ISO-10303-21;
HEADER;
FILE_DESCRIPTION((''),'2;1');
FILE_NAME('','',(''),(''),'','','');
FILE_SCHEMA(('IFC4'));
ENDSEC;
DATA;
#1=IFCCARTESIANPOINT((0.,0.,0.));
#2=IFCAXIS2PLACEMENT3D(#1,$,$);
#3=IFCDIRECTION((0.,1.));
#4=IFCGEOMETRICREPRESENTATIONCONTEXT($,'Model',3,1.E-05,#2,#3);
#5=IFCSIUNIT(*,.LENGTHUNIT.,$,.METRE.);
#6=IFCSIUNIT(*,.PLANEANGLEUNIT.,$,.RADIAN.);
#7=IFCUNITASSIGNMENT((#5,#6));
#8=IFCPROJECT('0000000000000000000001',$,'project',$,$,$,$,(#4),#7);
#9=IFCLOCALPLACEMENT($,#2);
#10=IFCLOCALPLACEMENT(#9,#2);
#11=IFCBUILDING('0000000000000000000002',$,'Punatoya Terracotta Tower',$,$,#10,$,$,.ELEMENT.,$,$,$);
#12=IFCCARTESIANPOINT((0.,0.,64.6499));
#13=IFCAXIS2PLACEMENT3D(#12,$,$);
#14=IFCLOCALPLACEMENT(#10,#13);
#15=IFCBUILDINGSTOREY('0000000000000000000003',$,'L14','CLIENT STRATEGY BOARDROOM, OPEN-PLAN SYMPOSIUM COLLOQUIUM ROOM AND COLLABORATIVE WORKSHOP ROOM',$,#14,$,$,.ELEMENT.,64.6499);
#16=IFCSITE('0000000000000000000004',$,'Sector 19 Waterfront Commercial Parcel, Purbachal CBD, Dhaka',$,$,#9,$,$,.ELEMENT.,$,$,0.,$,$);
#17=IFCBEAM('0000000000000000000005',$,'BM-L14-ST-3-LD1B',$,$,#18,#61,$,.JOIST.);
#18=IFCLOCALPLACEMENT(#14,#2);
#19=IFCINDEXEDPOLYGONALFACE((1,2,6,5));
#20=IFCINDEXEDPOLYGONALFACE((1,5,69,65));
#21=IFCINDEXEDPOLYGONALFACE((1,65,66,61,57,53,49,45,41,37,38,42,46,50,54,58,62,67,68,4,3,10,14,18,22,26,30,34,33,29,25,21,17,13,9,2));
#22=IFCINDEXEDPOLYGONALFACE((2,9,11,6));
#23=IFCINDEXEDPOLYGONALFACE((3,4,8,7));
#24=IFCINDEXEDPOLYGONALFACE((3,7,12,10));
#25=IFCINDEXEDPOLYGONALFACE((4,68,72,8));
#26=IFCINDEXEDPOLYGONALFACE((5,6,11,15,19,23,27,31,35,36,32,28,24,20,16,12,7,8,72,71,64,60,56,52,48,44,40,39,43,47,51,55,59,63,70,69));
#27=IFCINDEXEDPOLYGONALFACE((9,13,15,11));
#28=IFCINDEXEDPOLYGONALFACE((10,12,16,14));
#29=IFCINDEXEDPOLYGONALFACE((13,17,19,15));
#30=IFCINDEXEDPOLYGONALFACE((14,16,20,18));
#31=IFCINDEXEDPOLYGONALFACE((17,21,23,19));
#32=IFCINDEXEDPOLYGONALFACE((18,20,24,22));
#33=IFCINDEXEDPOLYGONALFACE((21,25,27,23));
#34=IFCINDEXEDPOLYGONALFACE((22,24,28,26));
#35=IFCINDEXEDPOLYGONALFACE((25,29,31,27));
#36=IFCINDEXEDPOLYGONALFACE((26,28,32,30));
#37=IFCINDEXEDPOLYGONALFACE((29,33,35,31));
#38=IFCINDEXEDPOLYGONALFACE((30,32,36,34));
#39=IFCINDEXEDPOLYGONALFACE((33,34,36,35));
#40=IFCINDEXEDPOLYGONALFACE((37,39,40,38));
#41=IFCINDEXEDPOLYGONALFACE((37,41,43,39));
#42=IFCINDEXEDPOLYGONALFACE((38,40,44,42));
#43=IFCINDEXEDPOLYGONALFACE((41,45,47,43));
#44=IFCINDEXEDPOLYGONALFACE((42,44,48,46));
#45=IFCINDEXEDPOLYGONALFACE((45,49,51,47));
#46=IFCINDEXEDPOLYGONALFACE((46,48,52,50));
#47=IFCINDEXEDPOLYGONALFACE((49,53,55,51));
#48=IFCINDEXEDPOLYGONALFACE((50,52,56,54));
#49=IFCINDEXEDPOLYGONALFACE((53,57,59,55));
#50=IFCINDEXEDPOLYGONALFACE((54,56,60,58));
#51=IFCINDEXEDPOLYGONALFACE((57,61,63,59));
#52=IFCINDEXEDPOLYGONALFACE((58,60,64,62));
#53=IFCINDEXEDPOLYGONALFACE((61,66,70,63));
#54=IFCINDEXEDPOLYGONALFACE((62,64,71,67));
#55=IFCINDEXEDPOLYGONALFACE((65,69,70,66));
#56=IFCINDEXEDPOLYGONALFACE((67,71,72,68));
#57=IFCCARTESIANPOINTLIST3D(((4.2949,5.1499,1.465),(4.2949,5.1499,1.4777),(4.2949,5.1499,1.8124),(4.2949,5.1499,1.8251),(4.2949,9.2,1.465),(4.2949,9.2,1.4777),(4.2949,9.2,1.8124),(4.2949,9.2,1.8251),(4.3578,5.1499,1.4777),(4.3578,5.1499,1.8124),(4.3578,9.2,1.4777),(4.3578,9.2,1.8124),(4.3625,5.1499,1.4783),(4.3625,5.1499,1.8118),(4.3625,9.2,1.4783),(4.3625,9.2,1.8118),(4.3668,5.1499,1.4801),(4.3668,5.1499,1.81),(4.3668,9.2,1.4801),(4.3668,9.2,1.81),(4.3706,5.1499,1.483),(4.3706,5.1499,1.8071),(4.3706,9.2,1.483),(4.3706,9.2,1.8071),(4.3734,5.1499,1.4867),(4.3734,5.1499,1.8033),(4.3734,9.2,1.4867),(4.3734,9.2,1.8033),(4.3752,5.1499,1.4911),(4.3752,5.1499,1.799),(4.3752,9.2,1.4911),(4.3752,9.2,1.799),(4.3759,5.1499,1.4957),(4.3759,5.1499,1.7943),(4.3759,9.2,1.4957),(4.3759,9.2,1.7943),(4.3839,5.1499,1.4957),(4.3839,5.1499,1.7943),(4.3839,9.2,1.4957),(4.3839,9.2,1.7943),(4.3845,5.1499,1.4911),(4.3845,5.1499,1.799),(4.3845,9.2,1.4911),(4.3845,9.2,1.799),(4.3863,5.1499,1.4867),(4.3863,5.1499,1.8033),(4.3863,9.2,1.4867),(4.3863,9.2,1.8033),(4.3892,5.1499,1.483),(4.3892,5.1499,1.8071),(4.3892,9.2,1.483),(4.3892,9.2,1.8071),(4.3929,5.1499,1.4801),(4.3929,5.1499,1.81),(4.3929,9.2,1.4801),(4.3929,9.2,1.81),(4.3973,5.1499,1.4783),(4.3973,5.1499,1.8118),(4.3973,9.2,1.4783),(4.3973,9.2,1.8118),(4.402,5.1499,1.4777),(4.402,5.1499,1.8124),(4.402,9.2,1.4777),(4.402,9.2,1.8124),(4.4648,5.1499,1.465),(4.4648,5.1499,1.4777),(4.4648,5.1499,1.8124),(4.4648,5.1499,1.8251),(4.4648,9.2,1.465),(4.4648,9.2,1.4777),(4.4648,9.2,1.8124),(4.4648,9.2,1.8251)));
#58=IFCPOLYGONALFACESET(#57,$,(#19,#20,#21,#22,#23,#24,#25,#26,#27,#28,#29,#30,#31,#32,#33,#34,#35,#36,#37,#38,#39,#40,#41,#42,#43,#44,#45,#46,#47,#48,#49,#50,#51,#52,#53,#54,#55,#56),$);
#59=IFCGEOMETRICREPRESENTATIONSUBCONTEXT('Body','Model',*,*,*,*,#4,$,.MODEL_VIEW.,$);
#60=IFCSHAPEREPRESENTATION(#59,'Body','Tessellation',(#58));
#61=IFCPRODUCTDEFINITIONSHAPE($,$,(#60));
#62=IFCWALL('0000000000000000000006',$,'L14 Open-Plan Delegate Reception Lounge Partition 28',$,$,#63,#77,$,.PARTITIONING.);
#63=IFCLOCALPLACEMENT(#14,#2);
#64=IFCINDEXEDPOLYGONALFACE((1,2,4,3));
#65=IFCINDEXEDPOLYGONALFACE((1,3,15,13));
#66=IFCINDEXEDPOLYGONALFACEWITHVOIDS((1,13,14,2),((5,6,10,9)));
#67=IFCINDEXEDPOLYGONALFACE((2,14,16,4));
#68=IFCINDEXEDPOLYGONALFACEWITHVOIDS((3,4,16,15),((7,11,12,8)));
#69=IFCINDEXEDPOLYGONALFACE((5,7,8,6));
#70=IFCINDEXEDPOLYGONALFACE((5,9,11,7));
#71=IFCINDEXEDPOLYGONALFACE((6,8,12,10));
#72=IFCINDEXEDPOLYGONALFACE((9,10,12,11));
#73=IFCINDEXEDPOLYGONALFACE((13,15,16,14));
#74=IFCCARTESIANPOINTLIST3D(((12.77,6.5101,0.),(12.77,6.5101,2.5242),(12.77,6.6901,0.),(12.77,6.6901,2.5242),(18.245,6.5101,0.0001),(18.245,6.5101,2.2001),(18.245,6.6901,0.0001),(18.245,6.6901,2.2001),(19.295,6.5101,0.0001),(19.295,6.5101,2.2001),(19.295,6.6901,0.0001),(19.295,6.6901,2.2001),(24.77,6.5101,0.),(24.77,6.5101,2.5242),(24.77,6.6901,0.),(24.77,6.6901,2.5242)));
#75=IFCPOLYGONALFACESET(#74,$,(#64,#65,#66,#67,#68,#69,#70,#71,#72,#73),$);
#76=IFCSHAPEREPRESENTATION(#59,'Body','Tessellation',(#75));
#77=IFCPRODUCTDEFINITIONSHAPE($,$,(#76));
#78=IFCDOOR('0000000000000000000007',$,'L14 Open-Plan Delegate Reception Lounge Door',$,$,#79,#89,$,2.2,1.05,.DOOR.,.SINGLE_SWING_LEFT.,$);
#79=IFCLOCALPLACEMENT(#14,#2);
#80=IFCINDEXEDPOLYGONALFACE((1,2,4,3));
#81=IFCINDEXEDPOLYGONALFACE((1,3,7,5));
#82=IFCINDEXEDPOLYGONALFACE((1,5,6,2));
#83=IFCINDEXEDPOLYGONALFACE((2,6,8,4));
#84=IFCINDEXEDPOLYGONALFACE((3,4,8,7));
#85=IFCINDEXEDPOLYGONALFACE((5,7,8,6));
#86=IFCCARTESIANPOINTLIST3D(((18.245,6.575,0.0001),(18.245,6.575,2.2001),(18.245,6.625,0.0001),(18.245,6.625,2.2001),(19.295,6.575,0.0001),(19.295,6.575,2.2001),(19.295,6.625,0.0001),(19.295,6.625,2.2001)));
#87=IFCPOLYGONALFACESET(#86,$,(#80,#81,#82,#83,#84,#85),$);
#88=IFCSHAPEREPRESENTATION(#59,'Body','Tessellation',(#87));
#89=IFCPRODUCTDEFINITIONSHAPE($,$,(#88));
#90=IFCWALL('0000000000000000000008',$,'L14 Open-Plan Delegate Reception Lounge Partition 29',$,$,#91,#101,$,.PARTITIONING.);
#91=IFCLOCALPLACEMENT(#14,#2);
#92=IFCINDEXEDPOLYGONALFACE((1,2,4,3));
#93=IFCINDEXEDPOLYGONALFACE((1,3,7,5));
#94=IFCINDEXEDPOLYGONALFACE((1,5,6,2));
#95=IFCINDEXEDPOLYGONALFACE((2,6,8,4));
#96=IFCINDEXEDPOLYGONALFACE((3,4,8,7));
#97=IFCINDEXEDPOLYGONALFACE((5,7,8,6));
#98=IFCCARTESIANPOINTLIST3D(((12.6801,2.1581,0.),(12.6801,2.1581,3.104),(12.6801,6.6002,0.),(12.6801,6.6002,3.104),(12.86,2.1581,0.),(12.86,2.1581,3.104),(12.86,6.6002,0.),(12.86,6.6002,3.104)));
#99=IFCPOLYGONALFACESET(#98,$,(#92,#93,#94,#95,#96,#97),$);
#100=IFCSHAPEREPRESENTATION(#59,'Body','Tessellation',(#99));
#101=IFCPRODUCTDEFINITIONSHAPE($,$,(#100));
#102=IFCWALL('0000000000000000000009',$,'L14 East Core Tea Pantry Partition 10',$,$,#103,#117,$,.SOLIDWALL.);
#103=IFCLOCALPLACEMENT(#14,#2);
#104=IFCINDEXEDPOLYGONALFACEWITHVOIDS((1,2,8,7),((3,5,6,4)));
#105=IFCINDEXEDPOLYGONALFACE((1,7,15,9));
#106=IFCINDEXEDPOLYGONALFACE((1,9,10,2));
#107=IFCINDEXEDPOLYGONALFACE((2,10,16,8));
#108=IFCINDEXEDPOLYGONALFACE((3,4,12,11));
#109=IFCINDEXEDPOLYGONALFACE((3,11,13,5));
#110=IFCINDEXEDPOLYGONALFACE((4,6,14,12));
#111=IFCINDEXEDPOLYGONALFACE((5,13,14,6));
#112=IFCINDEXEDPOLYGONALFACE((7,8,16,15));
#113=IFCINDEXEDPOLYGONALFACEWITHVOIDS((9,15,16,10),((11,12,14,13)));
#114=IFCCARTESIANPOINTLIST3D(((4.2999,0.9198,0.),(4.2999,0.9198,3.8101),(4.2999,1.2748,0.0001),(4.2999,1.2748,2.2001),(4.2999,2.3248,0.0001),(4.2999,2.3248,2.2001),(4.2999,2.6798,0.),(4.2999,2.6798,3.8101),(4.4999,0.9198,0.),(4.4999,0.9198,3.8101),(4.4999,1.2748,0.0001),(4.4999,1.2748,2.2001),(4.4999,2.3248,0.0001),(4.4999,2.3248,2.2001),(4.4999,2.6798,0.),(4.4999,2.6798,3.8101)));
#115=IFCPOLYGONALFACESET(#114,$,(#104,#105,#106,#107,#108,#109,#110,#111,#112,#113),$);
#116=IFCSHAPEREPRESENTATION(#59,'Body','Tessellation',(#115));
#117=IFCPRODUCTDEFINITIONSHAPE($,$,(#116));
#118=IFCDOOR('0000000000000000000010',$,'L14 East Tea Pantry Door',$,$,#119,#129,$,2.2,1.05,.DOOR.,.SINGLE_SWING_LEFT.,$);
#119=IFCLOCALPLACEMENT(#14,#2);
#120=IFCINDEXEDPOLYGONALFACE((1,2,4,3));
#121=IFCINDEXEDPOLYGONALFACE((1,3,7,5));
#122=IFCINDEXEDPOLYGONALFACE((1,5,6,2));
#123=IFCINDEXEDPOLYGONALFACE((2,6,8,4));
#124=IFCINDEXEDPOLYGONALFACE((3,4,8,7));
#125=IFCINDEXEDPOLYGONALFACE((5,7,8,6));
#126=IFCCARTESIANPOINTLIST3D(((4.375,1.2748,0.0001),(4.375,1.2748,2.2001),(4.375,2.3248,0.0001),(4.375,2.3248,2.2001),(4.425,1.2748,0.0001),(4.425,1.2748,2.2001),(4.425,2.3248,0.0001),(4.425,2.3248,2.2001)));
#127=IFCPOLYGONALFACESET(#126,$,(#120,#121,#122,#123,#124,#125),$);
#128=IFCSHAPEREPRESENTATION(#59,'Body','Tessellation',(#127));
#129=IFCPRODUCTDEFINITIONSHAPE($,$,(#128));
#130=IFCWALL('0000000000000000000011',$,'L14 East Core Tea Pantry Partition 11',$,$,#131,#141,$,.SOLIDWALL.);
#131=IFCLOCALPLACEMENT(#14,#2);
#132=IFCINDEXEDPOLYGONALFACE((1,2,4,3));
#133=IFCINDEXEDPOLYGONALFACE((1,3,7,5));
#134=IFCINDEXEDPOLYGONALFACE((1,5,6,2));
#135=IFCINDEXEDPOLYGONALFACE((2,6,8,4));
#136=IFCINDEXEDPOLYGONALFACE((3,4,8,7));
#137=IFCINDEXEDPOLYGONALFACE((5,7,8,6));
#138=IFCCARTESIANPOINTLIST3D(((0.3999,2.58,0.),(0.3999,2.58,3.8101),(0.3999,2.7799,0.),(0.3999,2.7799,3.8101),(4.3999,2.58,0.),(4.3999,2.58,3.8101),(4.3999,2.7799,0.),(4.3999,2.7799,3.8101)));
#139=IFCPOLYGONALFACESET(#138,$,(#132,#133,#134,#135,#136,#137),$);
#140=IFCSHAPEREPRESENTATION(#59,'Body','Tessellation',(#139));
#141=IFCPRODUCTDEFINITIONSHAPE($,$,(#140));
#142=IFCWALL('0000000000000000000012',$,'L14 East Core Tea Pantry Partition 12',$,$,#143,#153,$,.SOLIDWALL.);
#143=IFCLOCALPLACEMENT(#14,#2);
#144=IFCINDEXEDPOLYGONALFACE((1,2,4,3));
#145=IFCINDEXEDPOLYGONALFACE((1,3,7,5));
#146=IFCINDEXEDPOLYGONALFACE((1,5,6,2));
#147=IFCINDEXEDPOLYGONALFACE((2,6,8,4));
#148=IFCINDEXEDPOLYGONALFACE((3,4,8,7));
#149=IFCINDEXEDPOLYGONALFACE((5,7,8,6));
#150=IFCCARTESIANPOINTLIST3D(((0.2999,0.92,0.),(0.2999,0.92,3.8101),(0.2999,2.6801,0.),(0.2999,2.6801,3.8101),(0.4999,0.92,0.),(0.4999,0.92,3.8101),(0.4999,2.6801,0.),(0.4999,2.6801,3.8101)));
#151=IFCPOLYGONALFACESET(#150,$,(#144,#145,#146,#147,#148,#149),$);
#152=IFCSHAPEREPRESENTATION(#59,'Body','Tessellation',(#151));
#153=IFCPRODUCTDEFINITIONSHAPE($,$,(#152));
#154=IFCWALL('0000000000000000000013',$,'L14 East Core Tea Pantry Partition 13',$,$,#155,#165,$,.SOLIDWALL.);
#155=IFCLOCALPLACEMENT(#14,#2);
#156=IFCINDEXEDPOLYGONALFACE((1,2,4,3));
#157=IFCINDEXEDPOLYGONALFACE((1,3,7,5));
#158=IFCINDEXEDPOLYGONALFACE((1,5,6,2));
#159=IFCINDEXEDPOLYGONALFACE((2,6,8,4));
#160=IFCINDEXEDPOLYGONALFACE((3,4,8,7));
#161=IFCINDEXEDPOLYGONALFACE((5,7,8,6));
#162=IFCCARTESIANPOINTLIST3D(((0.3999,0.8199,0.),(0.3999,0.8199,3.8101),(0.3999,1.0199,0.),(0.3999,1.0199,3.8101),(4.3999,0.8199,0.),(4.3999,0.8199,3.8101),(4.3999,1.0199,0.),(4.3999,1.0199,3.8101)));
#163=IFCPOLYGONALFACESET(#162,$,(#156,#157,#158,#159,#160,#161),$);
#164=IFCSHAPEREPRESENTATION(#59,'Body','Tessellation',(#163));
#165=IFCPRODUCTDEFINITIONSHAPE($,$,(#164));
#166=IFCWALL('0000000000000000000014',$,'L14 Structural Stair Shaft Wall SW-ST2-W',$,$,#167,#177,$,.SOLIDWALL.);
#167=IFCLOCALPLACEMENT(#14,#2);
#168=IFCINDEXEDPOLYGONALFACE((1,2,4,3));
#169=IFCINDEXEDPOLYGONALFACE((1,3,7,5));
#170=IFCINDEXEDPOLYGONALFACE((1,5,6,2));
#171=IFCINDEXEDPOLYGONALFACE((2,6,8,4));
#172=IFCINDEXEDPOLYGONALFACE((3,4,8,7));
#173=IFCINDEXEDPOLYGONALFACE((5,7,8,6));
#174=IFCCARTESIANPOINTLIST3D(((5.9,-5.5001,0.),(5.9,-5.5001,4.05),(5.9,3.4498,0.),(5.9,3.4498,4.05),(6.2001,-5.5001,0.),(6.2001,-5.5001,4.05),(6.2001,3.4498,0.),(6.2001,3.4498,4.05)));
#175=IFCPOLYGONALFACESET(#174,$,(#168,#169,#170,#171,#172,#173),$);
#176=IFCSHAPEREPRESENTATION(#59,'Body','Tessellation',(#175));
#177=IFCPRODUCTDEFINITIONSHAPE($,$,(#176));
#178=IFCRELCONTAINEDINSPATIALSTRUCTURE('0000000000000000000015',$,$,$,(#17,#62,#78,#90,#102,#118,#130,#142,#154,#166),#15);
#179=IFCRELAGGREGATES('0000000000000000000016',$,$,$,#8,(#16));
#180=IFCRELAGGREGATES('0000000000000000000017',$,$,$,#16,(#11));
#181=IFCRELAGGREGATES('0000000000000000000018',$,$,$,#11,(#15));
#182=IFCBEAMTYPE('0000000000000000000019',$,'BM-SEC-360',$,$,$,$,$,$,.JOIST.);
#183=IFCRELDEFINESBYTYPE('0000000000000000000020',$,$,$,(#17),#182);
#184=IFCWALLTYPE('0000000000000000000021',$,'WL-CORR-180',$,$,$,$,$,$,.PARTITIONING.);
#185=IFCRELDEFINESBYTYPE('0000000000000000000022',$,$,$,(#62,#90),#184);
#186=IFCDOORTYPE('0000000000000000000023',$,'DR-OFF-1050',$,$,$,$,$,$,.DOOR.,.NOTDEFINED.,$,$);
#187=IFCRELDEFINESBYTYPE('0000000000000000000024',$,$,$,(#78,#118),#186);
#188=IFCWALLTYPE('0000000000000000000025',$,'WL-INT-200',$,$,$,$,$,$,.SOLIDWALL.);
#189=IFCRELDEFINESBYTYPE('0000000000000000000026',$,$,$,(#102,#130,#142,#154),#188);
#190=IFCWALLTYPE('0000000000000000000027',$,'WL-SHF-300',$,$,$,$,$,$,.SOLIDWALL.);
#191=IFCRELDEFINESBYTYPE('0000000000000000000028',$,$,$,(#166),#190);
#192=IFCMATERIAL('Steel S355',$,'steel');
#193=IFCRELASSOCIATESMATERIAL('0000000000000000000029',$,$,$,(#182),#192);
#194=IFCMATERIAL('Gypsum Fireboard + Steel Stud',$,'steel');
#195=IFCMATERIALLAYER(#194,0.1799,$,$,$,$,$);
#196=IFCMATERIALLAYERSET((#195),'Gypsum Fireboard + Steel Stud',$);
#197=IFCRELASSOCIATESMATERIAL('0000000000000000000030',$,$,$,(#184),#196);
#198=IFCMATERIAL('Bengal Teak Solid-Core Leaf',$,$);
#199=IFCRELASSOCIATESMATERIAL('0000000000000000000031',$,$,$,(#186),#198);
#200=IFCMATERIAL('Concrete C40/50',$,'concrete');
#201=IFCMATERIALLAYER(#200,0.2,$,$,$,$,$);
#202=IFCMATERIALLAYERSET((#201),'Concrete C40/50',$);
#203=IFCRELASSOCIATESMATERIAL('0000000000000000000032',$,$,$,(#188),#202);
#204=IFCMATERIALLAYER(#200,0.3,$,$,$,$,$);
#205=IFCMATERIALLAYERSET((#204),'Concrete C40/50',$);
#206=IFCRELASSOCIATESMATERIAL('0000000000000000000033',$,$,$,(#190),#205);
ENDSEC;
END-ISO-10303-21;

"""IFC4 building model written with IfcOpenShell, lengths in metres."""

from ifc_helpers import new_model, si_unit, direction, frame, frame_2d, origin, origin_2d, place, context, subcontext, project, spatial, rectangle, i_section, extrude, material, layer, layer_set, material_profile, profile_set, type_object, element, fill, save


model = new_model("IFC4")

# Units and contexts
model_context = context("Model", 3, precision=1e-05, world=origin(), true_north=direction((0.0, 1.0)))
body_context = subcontext(model_context, "Body", "Model", "MODEL_VIEW")
ifc_project = project(units=[si_unit("LENGTHUNIT", "METRE"), si_unit("PLANEANGLEUNIT", "RADIAN")], contexts=[model_context])

# Site, building, storey
site_placement = place(None, origin())
site = spatial("IfcSite", under=ifc_project, at=site_placement, Name="Sector 19 Waterfront Commercial Parcel, Purbachal CBD, Dhaka", CompositionType="ELEMENT", RefElevation=0.0)
building_placement = place(site_placement, origin())
building = spatial("IfcBuilding", under=site, at=building_placement, Name="Punatoya Terracotta Tower", CompositionType="ELEMENT")
storey_placement = place(building_placement, frame((0.0, 0.0, 64.6499)))
storey = spatial("IfcBuildingStorey", under=building, at=storey_placement, Name="L14", Description="CLIENT STRATEGY BOARDROOM, OPEN-PLAN SYMPOSIUM COLLOQUIUM ROOM AND COLLABORATIVE WORKSHOP ROOM", CompositionType="ELEMENT", Elevation=64.6499)

# Beam
ifc_material_1 = material(Name="Steel S355", Category="steel")
ifc_material_profile_1 = material_profile(ifc_material_1, i_section(OverallWidth=0.1699, OverallDepth=0.3601, WebThickness=0.0081, FlangeThickness=0.0127, FilletRadius=0.0181, at=origin_2d()))
ifc_profile_set_1 = profile_set([ifc_material_profile_1], Name="Steel S355")
beam_type_1 = type_object("IfcBeamType", Name="BM-SEC-360", PredefinedType="JOIST", material=ifc_profile_set_1)
for number, where, z_axis, x_axis, name in (
    (1, (4.3799, 5.1499, 1.645), (0.0, 1.0, 0.0), (-1.0, 0.0, 0.0), "BM-L14-ST-3-LD1B"),
):
    element("IfcBeam", number, at=place(storey_placement, frame(where, z_axis=z_axis, x_axis=x_axis)), inside=storey, type_object=beam_type_1, Name=name, PredefinedType="JOIST", context=body_context, shape_type="SweptSolid", body=[
        extrude(i_section(OverallWidth=0.1699, OverallDepth=0.3601, WebThickness=0.0081, FlangeThickness=0.0127, FilletRadius=0.0181, at=origin_2d()), origin(), (0.0, 0.0, 1.0), 4.05),
    ])

# Wall, opening, door
ifc_material_2 = material(Name="Gypsum Fireboard + Steel Stud", Category="steel")
ifc_layer_1 = layer(ifc_material_2, 0.1799)
ifc_layer_set_1 = layer_set([ifc_layer_1], Name="Gypsum Fireboard + Steel Stud")
wall_type_1 = type_object("IfcWallType", Name="WL-CORR-180", PredefinedType="PARTITIONING", material=ifc_layer_set_1)
wall_1_placement = place(storey_placement, frame((12.77, 6.6001, 0.0), z_axis=(0.0, 0.0, 1.0), x_axis=(1.0, 0.0, 0.0)))
wall_1 = element("IfcWall", 2, at=wall_1_placement, inside=storey, type_object=wall_type_1, Name="L14 Open-Plan Delegate Reception Lounge Partition 28", PredefinedType="PARTITIONING", context=body_context, shape_type="SweptSolid", body=[
    extrude(rectangle(XDim=12.0, YDim=0.1799, at=frame_2d((6.0, 0.0))), origin(), (0.0, 0.0, 1.0), 2.5242),
])
opening_1_placement = place(wall_1_placement, frame((5.4751, 0.0, 0.0)))
opening_1 = element("IfcOpeningElement", 3, at=opening_1_placement, cuts=wall_1, PredefinedType="OPENING", context=body_context, shape_type="SweptSolid", body=[
    extrude(rectangle(XDim=1.05, YDim=2.2, at=frame_2d((0.5249, 1.1001))), frame((0.0, 0.0999, 0.0), z_axis=(0.0, -1.0, 0.0), x_axis=(1.0, 0.0, 0.0)), (0.0, 0.0, 1.0), 0.2),
])
ifc_material_3 = material(Name="Bengal Teak Solid-Core Leaf")
door_type = type_object("IfcDoorType", Name="DR-OFF-1050", OperationType="NOTDEFINED", PredefinedType="DOOR", material=ifc_material_3)
door_1_placement = place(opening_1_placement, origin())
door_1 = element("IfcDoor", 4, at=door_1_placement, inside=storey, type_object=door_type, Name="L14 Open-Plan Delegate Reception Lounge Door", OperationType="SINGLE_SWING_LEFT", OverallHeight=2.2, OverallWidth=1.05, PredefinedType="DOOR", context=body_context, shape_type="SweptSolid", body=[
    extrude(rectangle(XDim=1.05, YDim=2.2, at=frame_2d((0.5249, 1.1001))), frame((0.0, 0.0249, 0.0), z_axis=(0.0, -1.0, 0.0), x_axis=(1.0, 0.0, 0.0)), (0.0, 0.0, 1.0), 0.05),
])
fill(opening_1, door_1)

# Wall
wall_2_placement = place(storey_placement, frame((12.77, 2.158, 0.0), z_axis=(0.0, 0.0, 1.0), x_axis=(0.0, 1.0, 0.0)))
element("IfcWall", 5, at=wall_2_placement, inside=storey, type_object=wall_type_1, Name="L14 Open-Plan Delegate Reception Lounge Partition 29", PredefinedType="PARTITIONING", context=body_context, shape_type="SweptSolid", body=[
    extrude(rectangle(XDim=4.4421, YDim=0.1799, at=frame_2d((2.2212, 0.0))), origin(), (0.0, 0.0, 1.0), 3.104),
])

# Wall, opening, door
ifc_material_4 = material(Name="Concrete C40/50", Category="concrete")
ifc_layer_2 = layer(ifc_material_4, 0.2)
ifc_layer_set_2 = layer_set([ifc_layer_2], Name="Concrete C40/50")
wall_type_2 = type_object("IfcWallType", Name="WL-INT-200", PredefinedType="SOLIDWALL", material=ifc_layer_set_2)
wall_3_placement = place(storey_placement, frame((4.3999, 0.9199, 0.0), z_axis=(0.0, 0.0, 1.0), x_axis=(0.0, 1.0, 0.0)))
wall_3 = element("IfcWall", 6, at=wall_3_placement, inside=storey, type_object=wall_type_2, Name="L14 East Core Tea Pantry Partition 10", PredefinedType="SOLIDWALL", context=body_context, shape_type="SweptSolid", body=[
    extrude(rectangle(XDim=1.76, YDim=0.2, at=frame_2d((0.8799, 0.0))), origin(), (0.0, 0.0, 1.0), 3.8101),
])
opening_2_placement = place(wall_3_placement, frame((0.355, 0.0, 0.0)))
opening_2 = element("IfcOpeningElement", 7, at=opening_2_placement, cuts=wall_3, PredefinedType="OPENING", context=body_context, shape_type="SweptSolid", body=[
    extrude(rectangle(XDim=1.05, YDim=2.2, at=frame_2d((0.5249, 1.1001))), frame((0.0, 0.1099, 0.0), z_axis=(0.0, -1.0, 0.0), x_axis=(1.0, 0.0, 0.0)), (0.0, 0.0, 1.0), 0.22),
])
door_2_placement = place(opening_2_placement, origin())
door_2 = element("IfcDoor", 8, at=door_2_placement, inside=storey, type_object=door_type, Name="L14 East Tea Pantry Door", OperationType="SINGLE_SWING_LEFT", OverallHeight=2.2, OverallWidth=1.05, PredefinedType="DOOR", context=body_context, shape_type="SweptSolid", body=[
    extrude(rectangle(XDim=1.05, YDim=2.2, at=frame_2d((0.5249, 1.1001))), frame((0.0, 0.0249, 0.0), z_axis=(0.0, -1.0, 0.0), x_axis=(1.0, 0.0, 0.0)), (0.0, 0.0, 1.0), 0.05),
])
fill(opening_2, door_2)

# Walls
wall_4_placement = place(storey_placement, frame((4.3999, 2.6799, 0.0), z_axis=(0.0, 0.0, 1.0), x_axis=(-1.0, 0.0, 0.0)))
element("IfcWall", 9, at=wall_4_placement, inside=storey, type_object=wall_type_2, Name="L14 East Core Tea Pantry Partition 11", PredefinedType="SOLIDWALL", context=body_context, shape_type="SweptSolid", body=[
    extrude(rectangle(XDim=4.0, YDim=0.2, at=frame_2d((2.0, 0.0))), origin(), (0.0, 0.0, 1.0), 3.8101),
])
wall_5_placement = place(storey_placement, frame((0.3999, 2.6799, 0.0), z_axis=(0.0, 0.0, 1.0), x_axis=(0.0, -1.0, 0.0)))
element("IfcWall", 10, at=wall_5_placement, inside=storey, type_object=wall_type_2, Name="L14 East Core Tea Pantry Partition 12", PredefinedType="SOLIDWALL", context=body_context, shape_type="SweptSolid", body=[
    extrude(rectangle(XDim=1.76, YDim=0.2, at=frame_2d((0.8799, 0.0))), origin(), (0.0, 0.0, 1.0), 3.8101),
])
wall_6_placement = place(storey_placement, frame((0.3999, 0.9199, 0.0), z_axis=(0.0, 0.0, 1.0), x_axis=(1.0, 0.0, 0.0)))
element("IfcWall", 11, at=wall_6_placement, inside=storey, type_object=wall_type_2, Name="L14 East Core Tea Pantry Partition 13", PredefinedType="SOLIDWALL", context=body_context, shape_type="SweptSolid", body=[
    extrude(rectangle(XDim=4.0, YDim=0.2, at=frame_2d((2.0, 0.0))), origin(), (0.0, 0.0, 1.0), 3.8101),
])
ifc_layer_3 = layer(ifc_material_4, 0.3)
ifc_layer_set_3 = layer_set([ifc_layer_3], Name="Concrete C40/50")
wall_type_3 = type_object("IfcWallType", Name="WL-SHF-300", PredefinedType="SOLIDWALL", material=ifc_layer_set_3)
wall_7_placement = place(storey_placement, frame((6.05, 3.45, 0.0), z_axis=(0.0, 0.0, 1.0), x_axis=(0.0, -1.0, 0.0)))
element("IfcWall", 12, at=wall_7_placement, inside=storey, type_object=wall_type_3, Name="L14 Structural Stair Shaft Wall SW-ST2-W", PredefinedType="SOLIDWALL", context=body_context, shape_type="SweptSolid", body=[
    extrude(rectangle(XDim=8.95, YDim=0.3, at=frame_2d((4.4751, 0.0))), origin(), (0.0, 0.0, 1.0), 4.05),
])

save(model, "model.ifc")
